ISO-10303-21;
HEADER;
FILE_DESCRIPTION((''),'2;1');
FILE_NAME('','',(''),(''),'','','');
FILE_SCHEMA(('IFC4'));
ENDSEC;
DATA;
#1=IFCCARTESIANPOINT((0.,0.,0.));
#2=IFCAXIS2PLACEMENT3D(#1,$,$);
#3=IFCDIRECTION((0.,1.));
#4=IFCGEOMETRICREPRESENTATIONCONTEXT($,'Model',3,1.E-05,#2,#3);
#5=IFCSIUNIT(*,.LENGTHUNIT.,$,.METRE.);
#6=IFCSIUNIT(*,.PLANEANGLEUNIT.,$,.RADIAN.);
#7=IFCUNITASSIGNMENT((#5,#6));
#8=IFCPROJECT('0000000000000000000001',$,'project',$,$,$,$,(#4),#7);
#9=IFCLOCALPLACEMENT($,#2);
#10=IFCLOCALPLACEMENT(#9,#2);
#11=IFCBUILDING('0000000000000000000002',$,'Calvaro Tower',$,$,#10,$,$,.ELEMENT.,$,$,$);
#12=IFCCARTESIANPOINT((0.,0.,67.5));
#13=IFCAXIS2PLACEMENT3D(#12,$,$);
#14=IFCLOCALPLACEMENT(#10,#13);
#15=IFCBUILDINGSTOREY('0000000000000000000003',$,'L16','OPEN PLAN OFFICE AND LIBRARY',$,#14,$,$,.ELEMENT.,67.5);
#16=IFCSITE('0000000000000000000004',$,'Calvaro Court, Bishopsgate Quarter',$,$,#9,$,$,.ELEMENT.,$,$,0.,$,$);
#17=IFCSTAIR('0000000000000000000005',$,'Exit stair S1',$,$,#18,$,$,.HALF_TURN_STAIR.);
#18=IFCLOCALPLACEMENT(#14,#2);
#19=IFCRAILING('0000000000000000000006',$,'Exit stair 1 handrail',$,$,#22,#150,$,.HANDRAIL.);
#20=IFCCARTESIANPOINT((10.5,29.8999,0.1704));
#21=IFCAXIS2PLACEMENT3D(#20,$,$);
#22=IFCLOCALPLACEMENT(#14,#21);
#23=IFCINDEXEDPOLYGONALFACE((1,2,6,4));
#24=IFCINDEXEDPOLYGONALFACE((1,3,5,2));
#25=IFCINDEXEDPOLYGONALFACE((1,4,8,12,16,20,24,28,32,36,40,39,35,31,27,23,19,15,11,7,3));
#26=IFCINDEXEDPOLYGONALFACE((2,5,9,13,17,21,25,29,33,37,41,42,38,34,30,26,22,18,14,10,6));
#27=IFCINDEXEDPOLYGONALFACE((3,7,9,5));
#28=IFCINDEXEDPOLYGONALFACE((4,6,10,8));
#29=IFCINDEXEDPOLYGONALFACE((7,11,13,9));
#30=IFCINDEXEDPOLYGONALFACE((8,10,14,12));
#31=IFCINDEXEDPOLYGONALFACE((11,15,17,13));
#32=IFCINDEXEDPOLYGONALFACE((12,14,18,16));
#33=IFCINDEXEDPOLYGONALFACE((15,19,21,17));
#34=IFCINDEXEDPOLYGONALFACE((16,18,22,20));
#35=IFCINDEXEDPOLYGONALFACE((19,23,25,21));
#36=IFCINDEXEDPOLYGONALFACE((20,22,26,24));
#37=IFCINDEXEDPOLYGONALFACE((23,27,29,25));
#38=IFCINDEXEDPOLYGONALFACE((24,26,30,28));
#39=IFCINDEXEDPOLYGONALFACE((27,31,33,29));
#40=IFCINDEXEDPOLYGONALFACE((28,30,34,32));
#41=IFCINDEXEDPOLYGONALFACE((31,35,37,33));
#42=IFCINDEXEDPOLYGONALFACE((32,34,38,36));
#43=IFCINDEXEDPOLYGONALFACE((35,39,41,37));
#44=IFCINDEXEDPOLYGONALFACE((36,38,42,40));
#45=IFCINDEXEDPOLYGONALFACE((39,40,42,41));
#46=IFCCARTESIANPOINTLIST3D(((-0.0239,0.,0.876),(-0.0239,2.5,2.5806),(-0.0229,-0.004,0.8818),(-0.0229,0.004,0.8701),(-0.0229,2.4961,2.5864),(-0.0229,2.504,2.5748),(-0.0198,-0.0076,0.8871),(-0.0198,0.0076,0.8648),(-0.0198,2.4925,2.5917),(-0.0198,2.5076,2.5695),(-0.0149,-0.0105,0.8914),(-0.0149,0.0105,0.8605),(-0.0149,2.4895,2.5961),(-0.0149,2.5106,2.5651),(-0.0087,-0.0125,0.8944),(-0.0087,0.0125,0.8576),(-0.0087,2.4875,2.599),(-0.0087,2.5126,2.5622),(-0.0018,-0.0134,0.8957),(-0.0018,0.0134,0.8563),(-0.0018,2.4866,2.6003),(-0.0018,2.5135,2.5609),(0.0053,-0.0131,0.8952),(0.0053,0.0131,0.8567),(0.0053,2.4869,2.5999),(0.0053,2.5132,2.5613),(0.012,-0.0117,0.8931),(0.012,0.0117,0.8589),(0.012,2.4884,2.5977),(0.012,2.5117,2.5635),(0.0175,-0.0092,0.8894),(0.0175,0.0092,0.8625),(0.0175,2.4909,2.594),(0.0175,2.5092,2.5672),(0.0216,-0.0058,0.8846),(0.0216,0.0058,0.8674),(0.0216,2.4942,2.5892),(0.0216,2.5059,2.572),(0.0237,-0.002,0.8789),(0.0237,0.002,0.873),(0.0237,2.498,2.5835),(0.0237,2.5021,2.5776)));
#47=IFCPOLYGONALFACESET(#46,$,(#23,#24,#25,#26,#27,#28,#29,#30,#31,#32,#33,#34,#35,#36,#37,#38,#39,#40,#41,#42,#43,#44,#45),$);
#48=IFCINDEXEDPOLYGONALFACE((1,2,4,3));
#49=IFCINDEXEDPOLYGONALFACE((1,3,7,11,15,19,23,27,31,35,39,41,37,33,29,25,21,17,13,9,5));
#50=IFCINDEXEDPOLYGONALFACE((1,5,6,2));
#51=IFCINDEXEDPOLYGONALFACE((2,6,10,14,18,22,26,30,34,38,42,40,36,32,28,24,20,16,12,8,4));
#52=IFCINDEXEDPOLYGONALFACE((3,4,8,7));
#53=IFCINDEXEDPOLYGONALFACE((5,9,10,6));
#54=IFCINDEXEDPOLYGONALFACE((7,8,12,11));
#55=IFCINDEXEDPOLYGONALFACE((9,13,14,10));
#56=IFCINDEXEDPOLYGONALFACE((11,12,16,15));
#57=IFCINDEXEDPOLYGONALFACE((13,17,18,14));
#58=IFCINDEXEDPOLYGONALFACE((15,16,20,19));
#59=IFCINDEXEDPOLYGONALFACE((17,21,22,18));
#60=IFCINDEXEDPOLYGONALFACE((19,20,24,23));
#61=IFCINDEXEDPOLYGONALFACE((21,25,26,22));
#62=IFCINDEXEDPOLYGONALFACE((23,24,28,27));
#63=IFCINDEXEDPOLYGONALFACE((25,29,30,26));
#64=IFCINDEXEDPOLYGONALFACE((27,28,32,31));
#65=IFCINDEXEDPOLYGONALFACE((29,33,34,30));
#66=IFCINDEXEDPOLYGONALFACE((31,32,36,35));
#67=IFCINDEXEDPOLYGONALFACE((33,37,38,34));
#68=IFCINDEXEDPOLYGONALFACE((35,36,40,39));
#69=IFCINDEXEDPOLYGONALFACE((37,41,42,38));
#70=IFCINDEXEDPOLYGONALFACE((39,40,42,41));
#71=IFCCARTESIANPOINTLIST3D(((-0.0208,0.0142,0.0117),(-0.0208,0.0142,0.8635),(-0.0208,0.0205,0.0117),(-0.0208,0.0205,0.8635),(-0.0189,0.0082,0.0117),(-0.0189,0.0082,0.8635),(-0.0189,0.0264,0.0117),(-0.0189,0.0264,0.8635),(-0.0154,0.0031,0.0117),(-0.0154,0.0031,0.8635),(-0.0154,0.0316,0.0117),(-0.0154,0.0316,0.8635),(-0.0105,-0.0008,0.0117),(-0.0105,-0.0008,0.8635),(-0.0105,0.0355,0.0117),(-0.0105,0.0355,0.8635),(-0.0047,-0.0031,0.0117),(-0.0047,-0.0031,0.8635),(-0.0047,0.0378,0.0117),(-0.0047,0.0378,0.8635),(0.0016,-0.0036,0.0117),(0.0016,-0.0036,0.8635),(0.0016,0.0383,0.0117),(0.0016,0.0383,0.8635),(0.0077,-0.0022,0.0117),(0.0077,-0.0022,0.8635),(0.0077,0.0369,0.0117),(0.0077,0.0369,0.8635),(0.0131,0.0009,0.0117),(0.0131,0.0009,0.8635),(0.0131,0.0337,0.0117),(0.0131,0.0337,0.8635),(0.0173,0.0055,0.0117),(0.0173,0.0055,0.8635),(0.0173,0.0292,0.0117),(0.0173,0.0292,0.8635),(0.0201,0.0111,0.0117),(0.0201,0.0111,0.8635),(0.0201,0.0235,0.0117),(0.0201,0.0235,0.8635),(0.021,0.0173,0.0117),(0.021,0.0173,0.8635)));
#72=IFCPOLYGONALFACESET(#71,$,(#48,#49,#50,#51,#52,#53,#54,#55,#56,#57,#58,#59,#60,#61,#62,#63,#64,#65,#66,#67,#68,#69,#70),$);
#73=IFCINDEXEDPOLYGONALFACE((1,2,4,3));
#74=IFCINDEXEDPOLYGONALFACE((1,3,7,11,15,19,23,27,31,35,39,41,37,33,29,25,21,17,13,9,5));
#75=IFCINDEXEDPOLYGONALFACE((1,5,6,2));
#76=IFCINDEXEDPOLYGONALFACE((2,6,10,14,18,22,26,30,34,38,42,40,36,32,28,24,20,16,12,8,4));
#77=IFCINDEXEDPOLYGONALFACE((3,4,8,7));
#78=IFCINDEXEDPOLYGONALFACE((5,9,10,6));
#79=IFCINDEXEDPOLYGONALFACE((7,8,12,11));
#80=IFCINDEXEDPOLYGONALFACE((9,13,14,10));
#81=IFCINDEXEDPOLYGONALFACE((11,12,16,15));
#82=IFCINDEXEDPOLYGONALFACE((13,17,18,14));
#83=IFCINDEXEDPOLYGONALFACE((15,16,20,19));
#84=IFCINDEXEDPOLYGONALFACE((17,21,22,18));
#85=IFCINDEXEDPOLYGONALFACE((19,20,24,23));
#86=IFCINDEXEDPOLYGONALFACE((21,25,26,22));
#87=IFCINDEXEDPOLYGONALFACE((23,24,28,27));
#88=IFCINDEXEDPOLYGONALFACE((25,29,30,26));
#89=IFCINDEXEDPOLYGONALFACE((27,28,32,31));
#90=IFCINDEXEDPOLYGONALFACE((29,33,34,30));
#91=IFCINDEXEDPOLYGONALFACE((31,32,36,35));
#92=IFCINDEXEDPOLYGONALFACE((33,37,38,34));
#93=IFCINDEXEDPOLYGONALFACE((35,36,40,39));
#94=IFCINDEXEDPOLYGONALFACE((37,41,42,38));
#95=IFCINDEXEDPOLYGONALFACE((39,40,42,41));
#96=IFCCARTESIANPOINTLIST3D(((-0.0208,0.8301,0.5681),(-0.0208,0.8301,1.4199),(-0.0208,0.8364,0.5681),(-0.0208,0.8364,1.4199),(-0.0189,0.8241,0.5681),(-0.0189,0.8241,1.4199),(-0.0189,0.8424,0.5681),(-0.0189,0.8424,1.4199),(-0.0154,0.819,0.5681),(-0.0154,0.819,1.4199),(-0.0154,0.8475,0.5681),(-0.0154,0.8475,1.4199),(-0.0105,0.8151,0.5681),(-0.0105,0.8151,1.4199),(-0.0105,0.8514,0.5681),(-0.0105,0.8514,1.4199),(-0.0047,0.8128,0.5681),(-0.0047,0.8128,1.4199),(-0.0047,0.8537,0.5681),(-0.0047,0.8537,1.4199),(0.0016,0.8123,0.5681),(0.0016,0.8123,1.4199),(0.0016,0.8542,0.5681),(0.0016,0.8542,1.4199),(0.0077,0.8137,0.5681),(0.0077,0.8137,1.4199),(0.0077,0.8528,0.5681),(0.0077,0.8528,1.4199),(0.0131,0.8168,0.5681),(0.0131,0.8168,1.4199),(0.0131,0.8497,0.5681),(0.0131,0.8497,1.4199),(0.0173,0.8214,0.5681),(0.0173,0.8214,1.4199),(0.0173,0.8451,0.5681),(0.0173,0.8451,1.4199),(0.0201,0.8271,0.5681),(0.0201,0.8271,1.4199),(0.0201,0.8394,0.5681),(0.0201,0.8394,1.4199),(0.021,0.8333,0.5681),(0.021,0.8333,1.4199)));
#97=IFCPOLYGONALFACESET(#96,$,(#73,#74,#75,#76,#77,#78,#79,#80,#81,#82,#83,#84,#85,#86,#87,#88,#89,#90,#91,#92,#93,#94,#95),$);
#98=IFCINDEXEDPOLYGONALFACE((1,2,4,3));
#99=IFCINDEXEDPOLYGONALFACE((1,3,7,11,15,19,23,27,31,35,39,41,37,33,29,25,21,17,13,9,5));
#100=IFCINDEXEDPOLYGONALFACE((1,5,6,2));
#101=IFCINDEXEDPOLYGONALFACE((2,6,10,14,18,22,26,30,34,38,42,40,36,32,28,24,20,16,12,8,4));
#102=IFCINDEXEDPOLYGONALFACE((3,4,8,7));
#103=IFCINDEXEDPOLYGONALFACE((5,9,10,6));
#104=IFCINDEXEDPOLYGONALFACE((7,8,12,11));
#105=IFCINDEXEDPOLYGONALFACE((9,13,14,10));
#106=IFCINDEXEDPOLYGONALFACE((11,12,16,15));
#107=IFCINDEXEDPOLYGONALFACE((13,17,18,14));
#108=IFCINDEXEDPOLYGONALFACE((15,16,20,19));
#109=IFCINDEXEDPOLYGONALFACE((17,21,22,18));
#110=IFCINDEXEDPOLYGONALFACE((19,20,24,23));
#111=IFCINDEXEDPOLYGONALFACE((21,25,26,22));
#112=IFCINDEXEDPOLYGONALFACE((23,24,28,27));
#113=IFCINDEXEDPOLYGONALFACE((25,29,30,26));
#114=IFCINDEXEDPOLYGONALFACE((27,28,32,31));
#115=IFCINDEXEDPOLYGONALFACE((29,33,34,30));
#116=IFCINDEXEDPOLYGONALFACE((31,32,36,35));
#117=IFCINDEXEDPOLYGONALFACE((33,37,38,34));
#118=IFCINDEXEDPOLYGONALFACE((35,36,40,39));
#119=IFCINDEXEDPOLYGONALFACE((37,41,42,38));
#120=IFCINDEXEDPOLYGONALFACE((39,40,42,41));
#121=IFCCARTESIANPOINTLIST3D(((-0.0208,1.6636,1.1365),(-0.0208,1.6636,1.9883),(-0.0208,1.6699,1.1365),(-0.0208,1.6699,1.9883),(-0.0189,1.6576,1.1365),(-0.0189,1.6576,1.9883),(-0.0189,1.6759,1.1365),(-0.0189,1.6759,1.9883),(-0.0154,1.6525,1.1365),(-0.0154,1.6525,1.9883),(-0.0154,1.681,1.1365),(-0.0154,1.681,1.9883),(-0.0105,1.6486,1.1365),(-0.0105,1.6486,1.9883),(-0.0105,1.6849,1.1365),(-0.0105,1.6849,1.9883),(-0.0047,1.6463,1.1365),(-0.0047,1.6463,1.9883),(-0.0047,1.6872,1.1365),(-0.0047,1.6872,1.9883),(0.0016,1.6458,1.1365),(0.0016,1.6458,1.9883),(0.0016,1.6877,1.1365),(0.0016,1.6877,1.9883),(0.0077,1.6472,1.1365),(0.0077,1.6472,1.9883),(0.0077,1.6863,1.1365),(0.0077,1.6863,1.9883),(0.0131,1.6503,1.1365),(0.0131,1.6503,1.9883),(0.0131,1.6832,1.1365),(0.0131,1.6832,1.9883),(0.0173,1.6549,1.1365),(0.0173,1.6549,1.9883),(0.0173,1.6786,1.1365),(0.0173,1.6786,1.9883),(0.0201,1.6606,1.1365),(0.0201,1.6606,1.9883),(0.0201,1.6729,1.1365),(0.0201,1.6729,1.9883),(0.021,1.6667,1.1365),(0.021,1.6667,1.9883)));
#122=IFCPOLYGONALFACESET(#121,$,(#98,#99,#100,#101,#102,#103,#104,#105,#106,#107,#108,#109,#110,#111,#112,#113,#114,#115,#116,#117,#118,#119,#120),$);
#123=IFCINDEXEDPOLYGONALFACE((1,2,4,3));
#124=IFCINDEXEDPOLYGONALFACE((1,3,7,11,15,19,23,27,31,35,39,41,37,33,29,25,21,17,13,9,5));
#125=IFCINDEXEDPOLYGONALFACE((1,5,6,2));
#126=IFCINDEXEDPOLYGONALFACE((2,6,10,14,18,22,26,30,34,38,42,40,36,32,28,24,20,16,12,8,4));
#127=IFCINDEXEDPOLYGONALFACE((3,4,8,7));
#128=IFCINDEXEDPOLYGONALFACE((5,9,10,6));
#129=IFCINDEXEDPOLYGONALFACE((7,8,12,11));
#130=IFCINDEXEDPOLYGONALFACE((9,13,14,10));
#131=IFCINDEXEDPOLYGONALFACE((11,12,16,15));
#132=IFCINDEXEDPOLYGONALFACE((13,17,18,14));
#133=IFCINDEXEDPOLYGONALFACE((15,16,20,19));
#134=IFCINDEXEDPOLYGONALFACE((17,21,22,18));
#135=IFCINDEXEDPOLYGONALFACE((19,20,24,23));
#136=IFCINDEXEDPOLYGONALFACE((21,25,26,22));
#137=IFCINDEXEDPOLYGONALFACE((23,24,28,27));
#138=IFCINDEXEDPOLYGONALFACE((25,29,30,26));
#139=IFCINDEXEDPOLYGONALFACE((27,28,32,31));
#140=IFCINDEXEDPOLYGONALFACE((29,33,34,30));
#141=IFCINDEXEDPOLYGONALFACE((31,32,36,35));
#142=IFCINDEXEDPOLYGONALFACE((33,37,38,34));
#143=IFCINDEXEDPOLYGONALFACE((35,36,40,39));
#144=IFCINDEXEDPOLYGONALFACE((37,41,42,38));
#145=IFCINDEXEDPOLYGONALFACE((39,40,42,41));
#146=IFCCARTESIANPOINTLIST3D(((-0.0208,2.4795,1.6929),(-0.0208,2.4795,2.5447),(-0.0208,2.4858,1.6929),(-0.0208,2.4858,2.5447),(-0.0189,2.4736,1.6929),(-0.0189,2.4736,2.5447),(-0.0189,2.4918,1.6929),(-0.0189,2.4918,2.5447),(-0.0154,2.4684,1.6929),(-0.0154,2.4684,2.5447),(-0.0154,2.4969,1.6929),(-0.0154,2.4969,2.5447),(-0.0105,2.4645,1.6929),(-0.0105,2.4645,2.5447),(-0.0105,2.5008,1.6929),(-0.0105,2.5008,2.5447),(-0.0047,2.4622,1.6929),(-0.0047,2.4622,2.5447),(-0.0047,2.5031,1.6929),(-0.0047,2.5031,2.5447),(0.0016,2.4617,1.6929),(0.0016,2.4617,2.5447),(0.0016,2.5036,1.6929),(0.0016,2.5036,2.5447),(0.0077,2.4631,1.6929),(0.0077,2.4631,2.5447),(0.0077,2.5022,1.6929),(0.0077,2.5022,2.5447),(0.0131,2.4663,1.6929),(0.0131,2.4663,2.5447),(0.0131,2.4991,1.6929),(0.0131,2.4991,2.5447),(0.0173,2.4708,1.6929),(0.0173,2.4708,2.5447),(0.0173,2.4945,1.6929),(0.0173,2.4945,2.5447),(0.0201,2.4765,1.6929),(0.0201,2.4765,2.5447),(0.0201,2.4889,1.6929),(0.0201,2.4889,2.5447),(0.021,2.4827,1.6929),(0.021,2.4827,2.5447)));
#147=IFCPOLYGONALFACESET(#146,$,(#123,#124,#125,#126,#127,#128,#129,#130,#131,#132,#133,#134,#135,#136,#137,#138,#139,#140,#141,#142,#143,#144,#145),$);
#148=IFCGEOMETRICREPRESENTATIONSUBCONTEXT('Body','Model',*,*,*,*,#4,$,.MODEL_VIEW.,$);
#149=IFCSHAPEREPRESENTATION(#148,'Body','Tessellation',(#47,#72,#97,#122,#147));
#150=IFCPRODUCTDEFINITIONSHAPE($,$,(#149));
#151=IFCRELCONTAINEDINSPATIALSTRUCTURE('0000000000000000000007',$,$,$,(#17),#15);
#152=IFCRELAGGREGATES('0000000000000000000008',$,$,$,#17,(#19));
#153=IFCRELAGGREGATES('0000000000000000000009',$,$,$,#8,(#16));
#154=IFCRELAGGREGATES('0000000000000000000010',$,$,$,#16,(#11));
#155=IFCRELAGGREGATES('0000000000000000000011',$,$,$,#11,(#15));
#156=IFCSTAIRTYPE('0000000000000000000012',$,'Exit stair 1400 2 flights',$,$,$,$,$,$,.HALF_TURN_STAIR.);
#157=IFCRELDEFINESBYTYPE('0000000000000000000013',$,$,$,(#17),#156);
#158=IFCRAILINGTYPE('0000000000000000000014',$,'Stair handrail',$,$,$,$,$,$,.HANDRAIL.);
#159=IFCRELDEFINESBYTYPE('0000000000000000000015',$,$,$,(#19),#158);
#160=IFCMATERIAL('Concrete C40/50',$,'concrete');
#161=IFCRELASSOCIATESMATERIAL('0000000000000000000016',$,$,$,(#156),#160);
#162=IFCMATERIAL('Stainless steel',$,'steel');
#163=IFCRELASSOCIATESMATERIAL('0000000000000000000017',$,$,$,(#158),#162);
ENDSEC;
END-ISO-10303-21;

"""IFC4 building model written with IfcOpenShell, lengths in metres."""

from ifc_helpers import new_model, si_unit, direction, frame, origin, origin_2d, place, context, subcontext, project, spatial, circle, extrude, material, type_object, element, aggregate, save


model = new_model("IFC4")

# Units and contexts
model_context = context("Model", 3, precision=1e-05, world=origin(), true_north=direction((0.0, 1.0)))
body_context = subcontext(model_context, "Body", "Model", "MODEL_VIEW")
ifc_project = project(units=[si_unit("LENGTHUNIT", "METRE"), si_unit("PLANEANGLEUNIT", "RADIAN")], contexts=[model_context])

# Site, building, storey
site_placement = place(None, origin())
site = spatial("IfcSite", under=ifc_project, at=site_placement, Name="Calvaro Court, Bishopsgate Quarter", CompositionType="ELEMENT", RefElevation=0.0)
building_placement = place(site_placement, origin())
building = spatial("IfcBuilding", under=site, at=building_placement, Name="Calvaro Tower", CompositionType="ELEMENT")
storey_placement = place(building_placement, frame((0.0, 0.0, 67.5)))
storey = spatial("IfcBuildingStorey", under=building, at=storey_placement, Name="L16", Description="OPEN PLAN OFFICE AND LIBRARY", CompositionType="ELEMENT", Elevation=67.5)

# Stair, railing
ifc_material_1 = material(Name="Concrete C40/50", Category="concrete")
stair_type = type_object("IfcStairType", Name="Exit stair 1400 2 flights", PredefinedType="HALF_TURN_STAIR", material=ifc_material_1)
stair_placement = place(storey_placement, origin())
stair = element("IfcStair", 1, at=stair_placement, inside=storey, type_object=stair_type, Name="Exit stair S1", PredefinedType="HALF_TURN_STAIR")
ifc_material_2 = material(Name="Stainless steel", Category="steel")
railing_type = type_object("IfcRailingType", Name="Stair handrail", PredefinedType="HANDRAIL", material=ifc_material_2)
railing_placement = place(storey_placement, frame((10.5, 29.8999, 0.1704)))
railing = element("IfcRailing", 2, at=railing_placement, type_object=railing_type, Name="Exit stair 1 handrail", PredefinedType="HANDRAIL", context=body_context, shape_type="SweptSolid", body=[
    extrude(circle(Radius=0.0239, at=origin_2d()), frame((0.0, 0.0, 0.876), z_axis=(0.0, 0.826221, 0.563347), x_axis=(-1.0, 0.0, 0.0)), (0.0, 0.0, 1.0), 3.0259),
    extrude(circle(Radius=0.021, at=origin_2d()), frame((0.0, 0.0173, 0.0117)), (0.0, 0.0, 1.0), 0.8518),
    extrude(circle(Radius=0.021, at=origin_2d()), frame((0.0, 0.8333, 0.5681)), (0.0, 0.0, 1.0), 0.8518),
    extrude(circle(Radius=0.021, at=origin_2d()), frame((0.0, 1.6667, 1.1365)), (0.0, 0.0, 1.0), 0.8518),
    extrude(circle(Radius=0.021, at=origin_2d()), frame((0.0, 2.4827, 1.6929)), (0.0, 0.0, 1.0), 0.8518),
])
aggregate(stair, [railing])

save(model, "model.ifc")
